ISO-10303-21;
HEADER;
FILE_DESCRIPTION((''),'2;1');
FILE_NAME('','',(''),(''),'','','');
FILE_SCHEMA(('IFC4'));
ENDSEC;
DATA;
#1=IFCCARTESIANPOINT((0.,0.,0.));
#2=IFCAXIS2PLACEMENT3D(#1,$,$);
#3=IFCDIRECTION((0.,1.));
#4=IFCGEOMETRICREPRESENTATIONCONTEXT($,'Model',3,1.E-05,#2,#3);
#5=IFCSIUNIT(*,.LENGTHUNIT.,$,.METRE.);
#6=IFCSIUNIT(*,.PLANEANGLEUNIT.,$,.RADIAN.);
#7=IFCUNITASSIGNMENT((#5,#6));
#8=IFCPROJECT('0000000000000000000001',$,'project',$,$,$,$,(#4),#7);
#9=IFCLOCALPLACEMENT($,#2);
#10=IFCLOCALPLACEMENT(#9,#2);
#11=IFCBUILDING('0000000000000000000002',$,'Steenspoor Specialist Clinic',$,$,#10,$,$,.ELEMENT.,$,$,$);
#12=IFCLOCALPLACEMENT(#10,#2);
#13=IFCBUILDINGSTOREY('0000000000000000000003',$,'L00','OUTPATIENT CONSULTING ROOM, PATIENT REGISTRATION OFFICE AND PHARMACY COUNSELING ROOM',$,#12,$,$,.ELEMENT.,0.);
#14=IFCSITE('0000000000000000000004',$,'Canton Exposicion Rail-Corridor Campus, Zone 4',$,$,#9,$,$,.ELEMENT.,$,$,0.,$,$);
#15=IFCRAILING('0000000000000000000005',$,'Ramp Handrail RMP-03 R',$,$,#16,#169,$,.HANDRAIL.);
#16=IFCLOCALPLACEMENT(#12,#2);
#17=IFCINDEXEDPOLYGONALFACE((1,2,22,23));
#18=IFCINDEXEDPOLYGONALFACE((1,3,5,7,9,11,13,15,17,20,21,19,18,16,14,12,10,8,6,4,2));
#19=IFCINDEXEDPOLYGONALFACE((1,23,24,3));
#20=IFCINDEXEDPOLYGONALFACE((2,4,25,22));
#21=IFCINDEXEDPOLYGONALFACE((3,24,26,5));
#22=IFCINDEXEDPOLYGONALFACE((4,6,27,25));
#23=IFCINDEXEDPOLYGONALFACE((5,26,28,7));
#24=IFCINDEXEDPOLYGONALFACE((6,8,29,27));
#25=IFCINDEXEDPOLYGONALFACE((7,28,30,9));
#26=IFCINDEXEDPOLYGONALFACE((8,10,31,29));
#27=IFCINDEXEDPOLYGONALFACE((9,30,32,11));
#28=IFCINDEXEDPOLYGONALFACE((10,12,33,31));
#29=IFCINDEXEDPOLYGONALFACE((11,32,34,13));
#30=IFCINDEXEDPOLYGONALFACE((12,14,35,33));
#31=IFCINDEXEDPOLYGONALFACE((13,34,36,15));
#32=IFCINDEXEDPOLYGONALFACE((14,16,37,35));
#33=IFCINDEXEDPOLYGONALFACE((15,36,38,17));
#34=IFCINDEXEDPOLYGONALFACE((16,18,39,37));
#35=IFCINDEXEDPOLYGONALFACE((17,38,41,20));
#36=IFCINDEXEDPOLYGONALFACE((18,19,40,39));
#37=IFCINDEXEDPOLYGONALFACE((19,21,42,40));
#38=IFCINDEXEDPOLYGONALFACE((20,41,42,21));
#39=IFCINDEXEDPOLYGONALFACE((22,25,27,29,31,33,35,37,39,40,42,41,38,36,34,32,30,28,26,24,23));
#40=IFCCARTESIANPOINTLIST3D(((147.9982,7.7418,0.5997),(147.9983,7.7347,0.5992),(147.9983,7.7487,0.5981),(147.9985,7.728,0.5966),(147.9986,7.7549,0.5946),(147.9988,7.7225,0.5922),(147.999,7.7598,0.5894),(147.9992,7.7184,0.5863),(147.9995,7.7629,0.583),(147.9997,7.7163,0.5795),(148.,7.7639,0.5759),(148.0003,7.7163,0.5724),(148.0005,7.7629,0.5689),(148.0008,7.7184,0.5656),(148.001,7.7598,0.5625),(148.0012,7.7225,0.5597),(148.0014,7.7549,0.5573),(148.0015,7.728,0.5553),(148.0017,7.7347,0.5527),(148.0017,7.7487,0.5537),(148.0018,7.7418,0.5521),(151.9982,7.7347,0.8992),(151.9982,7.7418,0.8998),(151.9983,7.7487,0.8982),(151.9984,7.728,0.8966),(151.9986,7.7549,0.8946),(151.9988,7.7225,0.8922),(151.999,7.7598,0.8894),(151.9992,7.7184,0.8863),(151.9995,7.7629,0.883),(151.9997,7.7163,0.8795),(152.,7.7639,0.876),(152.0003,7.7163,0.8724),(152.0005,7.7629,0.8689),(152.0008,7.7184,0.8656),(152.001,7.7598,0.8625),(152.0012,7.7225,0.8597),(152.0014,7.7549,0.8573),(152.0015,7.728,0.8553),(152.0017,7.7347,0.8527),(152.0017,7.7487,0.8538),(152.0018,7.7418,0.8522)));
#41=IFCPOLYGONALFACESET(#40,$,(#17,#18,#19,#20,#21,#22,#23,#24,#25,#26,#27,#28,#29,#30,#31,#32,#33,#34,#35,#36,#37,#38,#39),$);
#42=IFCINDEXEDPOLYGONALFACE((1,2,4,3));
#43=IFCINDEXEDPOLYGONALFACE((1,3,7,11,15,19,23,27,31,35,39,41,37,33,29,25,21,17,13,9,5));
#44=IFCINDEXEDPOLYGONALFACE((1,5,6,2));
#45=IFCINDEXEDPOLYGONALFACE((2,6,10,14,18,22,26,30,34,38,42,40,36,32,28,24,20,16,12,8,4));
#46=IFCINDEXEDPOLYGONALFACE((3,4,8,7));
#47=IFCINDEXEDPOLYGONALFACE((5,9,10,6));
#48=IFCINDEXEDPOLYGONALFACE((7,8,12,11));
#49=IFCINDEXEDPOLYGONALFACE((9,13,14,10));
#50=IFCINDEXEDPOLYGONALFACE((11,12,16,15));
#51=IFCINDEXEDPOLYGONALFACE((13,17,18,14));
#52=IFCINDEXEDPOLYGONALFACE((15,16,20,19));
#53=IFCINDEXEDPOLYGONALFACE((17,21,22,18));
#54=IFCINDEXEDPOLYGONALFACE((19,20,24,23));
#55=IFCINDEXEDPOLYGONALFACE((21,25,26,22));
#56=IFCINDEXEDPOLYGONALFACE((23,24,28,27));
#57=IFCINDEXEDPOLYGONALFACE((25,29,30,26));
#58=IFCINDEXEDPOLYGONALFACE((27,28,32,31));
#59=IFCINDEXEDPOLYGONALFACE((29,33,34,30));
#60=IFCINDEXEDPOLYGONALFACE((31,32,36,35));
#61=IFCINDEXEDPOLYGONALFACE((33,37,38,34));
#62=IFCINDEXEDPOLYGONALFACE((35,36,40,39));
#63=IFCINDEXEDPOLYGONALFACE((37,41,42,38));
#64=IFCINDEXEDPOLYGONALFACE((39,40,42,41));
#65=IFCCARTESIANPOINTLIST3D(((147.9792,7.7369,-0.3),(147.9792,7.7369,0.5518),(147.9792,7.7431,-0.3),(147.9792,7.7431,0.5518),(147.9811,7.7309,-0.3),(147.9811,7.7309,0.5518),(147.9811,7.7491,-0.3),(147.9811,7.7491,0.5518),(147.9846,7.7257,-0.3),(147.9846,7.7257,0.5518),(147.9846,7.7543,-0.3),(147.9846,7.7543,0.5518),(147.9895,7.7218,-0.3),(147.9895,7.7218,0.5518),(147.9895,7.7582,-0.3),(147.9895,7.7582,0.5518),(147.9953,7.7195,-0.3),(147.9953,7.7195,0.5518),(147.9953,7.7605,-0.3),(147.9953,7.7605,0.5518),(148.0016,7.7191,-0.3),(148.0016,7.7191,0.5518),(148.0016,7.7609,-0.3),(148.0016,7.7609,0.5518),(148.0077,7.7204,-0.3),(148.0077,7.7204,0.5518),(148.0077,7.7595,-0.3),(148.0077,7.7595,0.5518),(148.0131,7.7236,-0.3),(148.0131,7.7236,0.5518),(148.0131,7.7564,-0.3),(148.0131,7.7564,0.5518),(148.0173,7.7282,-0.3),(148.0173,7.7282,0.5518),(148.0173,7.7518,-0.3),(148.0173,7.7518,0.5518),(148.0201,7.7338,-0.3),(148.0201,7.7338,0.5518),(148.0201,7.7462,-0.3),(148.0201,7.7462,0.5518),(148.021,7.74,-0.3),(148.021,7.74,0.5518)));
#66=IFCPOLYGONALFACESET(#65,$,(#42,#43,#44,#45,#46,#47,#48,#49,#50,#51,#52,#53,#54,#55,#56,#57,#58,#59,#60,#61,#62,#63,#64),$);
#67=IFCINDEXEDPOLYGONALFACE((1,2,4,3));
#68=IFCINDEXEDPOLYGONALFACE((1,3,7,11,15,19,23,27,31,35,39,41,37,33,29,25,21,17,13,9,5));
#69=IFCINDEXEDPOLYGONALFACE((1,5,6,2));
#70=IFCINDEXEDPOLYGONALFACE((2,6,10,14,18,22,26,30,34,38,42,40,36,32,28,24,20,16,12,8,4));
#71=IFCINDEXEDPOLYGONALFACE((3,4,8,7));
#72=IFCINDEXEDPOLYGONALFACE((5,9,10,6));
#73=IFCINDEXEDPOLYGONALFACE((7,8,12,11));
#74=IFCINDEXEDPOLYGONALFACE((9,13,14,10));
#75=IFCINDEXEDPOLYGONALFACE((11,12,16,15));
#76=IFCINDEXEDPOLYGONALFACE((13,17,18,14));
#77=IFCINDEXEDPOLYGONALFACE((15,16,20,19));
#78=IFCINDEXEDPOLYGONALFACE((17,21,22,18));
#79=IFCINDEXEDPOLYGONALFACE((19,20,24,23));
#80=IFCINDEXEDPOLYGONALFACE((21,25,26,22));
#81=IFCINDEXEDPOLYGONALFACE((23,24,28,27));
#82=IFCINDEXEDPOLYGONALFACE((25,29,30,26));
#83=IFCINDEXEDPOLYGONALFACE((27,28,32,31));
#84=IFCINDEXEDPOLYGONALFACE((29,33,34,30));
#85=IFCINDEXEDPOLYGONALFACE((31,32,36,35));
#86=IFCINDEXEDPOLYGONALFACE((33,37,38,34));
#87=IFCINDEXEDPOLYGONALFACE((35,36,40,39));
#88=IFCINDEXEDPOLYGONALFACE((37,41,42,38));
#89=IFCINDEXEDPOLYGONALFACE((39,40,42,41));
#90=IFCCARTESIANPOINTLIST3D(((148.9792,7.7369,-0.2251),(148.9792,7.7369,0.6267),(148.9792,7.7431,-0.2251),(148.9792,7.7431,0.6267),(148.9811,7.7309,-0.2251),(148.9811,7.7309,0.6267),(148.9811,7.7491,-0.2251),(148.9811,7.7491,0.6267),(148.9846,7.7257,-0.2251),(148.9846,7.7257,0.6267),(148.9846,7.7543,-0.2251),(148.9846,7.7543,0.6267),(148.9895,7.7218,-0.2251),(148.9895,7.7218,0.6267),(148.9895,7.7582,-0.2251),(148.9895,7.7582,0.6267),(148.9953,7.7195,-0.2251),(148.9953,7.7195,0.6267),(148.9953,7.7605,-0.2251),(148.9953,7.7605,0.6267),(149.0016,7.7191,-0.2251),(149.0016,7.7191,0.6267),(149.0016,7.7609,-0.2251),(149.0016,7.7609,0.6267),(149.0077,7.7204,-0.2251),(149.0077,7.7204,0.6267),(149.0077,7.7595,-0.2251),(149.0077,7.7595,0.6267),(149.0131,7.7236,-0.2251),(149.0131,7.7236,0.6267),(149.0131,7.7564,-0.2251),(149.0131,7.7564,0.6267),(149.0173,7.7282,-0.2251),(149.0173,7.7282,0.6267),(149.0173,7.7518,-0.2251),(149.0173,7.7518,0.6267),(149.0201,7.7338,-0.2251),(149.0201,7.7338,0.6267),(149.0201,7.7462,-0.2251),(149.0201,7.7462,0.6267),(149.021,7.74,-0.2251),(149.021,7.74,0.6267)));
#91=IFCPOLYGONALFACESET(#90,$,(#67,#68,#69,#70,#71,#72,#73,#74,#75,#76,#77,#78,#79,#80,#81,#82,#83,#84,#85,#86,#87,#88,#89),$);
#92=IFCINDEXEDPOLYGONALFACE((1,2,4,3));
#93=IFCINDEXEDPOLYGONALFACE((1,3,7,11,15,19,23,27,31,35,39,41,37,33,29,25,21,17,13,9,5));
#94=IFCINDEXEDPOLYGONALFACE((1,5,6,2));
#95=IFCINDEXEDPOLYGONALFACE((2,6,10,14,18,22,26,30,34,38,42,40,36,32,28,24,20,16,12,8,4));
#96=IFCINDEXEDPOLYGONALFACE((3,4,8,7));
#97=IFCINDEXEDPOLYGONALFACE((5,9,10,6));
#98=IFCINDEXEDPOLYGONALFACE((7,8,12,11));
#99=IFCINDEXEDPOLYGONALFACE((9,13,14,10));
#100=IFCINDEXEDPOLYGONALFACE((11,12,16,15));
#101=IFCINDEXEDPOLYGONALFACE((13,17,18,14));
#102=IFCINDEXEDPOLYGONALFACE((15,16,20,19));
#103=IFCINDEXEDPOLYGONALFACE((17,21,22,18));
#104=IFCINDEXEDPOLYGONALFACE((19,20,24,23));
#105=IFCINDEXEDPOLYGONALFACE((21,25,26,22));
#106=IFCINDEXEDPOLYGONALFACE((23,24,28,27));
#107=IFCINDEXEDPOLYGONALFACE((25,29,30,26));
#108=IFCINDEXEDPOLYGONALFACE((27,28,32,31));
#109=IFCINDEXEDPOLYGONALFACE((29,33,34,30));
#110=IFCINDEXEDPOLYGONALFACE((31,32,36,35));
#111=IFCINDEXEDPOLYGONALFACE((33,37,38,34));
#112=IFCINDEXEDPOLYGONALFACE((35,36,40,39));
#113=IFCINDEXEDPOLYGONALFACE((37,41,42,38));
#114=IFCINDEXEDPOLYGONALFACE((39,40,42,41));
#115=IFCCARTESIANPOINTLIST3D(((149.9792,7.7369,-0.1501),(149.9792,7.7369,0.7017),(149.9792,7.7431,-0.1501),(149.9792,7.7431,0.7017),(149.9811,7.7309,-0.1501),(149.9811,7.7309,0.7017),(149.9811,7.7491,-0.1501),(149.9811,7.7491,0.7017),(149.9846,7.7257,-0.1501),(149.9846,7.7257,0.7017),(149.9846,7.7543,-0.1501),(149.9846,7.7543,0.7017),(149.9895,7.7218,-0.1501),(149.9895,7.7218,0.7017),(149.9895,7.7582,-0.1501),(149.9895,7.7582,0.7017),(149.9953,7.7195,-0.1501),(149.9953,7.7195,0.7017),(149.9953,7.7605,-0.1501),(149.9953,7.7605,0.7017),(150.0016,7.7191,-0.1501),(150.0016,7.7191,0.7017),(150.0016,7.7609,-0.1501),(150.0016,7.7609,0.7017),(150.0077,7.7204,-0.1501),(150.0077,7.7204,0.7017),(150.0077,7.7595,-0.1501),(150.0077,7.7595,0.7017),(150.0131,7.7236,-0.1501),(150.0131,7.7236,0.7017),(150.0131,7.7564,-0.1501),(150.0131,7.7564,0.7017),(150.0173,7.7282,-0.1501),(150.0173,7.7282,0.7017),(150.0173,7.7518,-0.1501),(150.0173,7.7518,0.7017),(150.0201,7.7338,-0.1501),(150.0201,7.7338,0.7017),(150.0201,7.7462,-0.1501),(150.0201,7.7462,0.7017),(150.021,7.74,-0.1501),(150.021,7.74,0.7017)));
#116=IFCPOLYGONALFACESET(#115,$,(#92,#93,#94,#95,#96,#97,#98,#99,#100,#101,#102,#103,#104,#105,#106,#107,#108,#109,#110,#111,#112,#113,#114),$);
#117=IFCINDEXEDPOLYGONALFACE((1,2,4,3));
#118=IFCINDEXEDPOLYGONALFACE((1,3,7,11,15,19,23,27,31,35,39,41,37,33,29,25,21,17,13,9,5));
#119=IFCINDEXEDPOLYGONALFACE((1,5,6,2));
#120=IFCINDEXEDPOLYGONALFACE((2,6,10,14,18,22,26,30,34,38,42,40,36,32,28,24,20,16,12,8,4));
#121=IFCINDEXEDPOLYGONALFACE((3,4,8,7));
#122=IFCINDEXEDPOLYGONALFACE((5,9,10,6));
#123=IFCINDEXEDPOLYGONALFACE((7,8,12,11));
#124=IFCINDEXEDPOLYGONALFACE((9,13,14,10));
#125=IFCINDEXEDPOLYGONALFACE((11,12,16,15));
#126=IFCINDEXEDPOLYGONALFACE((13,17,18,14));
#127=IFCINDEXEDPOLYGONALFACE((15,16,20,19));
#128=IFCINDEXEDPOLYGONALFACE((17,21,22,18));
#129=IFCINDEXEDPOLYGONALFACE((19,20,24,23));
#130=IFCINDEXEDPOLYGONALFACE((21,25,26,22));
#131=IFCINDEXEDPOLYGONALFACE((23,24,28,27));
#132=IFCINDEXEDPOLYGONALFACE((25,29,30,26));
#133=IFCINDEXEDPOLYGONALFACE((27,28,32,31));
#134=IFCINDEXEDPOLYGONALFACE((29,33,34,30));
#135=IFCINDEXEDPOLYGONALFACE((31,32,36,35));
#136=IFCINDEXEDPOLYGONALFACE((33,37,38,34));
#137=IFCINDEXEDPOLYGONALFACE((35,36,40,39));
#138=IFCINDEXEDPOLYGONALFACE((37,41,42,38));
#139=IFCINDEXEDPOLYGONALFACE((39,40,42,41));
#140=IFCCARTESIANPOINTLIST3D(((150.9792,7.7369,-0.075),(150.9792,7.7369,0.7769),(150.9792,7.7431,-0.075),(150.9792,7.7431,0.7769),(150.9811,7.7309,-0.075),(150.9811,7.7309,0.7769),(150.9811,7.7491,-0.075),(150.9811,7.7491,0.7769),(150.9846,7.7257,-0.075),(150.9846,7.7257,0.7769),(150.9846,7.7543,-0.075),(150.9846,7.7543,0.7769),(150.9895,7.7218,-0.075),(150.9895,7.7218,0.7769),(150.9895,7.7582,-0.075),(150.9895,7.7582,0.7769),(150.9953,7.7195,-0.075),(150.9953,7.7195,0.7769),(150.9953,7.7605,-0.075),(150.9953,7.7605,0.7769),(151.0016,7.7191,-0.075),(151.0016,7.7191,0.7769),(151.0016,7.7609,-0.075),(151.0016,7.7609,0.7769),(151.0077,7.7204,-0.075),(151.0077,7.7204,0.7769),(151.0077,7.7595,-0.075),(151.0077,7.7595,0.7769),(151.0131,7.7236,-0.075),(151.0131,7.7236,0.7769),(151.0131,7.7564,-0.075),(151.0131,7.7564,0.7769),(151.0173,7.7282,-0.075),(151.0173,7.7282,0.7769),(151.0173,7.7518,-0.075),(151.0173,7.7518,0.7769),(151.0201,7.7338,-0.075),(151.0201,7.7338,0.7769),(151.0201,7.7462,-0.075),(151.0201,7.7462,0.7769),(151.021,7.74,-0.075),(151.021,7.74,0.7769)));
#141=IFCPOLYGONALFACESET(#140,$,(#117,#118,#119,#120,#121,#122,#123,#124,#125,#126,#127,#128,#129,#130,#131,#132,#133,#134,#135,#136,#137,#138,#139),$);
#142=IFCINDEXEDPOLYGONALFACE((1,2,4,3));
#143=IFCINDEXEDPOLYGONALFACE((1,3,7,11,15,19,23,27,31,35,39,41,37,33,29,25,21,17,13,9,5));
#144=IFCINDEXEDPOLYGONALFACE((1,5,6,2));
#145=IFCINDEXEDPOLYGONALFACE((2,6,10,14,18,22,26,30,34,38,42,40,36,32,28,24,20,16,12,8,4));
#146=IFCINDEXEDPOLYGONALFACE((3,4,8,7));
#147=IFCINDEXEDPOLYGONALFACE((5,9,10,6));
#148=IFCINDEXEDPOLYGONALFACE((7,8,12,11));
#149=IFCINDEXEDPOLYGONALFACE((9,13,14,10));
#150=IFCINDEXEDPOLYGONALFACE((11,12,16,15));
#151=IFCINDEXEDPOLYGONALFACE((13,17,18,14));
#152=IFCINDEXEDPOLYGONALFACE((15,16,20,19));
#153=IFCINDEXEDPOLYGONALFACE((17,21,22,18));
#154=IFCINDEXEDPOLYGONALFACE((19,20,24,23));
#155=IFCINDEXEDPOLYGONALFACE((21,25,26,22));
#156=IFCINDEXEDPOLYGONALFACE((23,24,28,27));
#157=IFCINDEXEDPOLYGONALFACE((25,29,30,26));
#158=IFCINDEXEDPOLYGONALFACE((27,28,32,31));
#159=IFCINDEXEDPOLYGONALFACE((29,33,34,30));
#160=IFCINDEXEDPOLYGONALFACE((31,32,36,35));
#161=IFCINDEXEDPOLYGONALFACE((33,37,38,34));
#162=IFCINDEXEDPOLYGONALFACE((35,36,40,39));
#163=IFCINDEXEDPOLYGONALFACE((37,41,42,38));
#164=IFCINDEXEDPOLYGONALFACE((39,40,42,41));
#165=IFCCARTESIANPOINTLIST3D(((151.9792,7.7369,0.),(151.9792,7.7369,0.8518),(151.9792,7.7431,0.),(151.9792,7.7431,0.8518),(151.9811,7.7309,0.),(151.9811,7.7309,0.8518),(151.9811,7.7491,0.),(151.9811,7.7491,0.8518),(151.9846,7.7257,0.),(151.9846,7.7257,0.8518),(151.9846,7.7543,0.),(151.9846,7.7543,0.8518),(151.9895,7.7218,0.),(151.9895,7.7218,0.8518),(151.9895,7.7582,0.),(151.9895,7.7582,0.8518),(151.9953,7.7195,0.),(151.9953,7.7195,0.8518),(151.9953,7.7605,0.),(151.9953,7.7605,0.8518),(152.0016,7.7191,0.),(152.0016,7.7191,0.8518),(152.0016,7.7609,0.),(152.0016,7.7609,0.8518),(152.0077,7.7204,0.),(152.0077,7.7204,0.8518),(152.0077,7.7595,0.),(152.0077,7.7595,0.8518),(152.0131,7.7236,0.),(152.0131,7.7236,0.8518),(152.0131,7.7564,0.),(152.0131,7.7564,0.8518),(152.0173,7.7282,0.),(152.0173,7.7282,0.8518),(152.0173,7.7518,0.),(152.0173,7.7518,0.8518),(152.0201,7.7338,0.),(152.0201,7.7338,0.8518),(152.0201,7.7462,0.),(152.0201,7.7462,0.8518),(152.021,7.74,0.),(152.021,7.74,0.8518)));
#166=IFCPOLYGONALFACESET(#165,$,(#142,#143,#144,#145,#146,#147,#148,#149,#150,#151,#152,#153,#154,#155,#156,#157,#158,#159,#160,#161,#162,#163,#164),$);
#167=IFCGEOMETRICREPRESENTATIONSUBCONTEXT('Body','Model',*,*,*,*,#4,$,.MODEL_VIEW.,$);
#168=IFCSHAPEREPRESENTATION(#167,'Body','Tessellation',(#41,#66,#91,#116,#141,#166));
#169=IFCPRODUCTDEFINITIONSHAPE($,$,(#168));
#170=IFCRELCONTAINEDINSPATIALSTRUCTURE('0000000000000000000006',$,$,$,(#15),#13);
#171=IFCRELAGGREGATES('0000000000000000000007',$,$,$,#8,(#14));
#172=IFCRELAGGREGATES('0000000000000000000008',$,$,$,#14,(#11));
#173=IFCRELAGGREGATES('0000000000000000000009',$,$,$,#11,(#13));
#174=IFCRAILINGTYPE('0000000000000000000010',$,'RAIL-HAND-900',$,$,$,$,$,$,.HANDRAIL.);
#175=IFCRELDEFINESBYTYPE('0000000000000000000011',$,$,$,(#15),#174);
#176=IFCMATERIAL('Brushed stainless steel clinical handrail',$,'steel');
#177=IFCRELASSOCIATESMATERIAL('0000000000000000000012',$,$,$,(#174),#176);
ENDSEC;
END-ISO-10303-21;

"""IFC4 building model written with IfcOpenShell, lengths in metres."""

from ifc_helpers import new_model, si_unit, direction, frame, origin, origin_2d, place, context, subcontext, project, spatial, circle, extrude, material, type_object, element, save


model = new_model("IFC4")

# Units and contexts
model_context = context("Model", 3, precision=1e-05, world=origin(), true_north=direction((0.0, 1.0)))
body_context = subcontext(model_context, "Body", "Model", "MODEL_VIEW")
ifc_project = project(units=[si_unit("LENGTHUNIT", "METRE"), si_unit("PLANEANGLEUNIT", "RADIAN")], contexts=[model_context])

# Site, building, storey
site_placement = place(None, origin())
site = spatial("IfcSite", under=ifc_project, at=site_placement, Name="Canton Exposicion Rail-Corridor Campus, Zone 4", CompositionType="ELEMENT", RefElevation=0.0)
building_placement = place(site_placement, origin())
building = spatial("IfcBuilding", under=site, at=building_placement, Name="Steenspoor Specialist Clinic", CompositionType="ELEMENT")
storey_placement = place(building_placement, origin())
storey = spatial("IfcBuildingStorey", under=building, at=storey_placement, Name="L00", Description="OUTPATIENT CONSULTING ROOM, PATIENT REGISTRATION OFFICE AND PHARMACY COUNSELING ROOM", CompositionType="ELEMENT", Elevation=0.0)

# Railing
ifc_material_1 = material(Name="Brushed stainless steel clinical handrail", Category="steel")
railing_type = type_object("IfcRailingType", Name="RAIL-HAND-900", PredefinedType="HANDRAIL", material=ifc_material_1)
for number, where, name in (
    (1, (148.0, 7.74, -0.3), "Ramp Handrail RMP-03 R"),
):
    element("IfcRailing", number, at=place(storey_placement, frame(where)), inside=storey, type_object=railing_type, Name=name, PredefinedType="HANDRAIL", context=body_context, shape_type="SweptSolid", body=[
        extrude(circle(Radius=0.0239, at=origin_2d()), frame((0.0, 0.0, 0.876), z_axis=(0.997198, 0.0, 0.074802), x_axis=(0.0, 1.0, 0.0)), (0.0, 0.0, 1.0), 4.0112),
        extrude(circle(Radius=0.021, at=origin_2d()), origin(), (0.0, 0.0, 1.0), 0.8518),
        extrude(circle(Radius=0.021, at=origin_2d()), frame((1.0, 0.0, 0.075)), (0.0, 0.0, 1.0), 0.8518),
        extrude(circle(Radius=0.021, at=origin_2d()), frame((2.0, 0.0, 0.1499)), (0.0, 0.0, 1.0), 0.8518),
        extrude(circle(Radius=0.021, at=origin_2d()), frame((3.0, 0.0, 0.2251)), (0.0, 0.0, 1.0), 0.8518),
        extrude(circle(Radius=0.021, at=origin_2d()), frame((4.0, 0.0, 0.3)), (0.0, 0.0, 1.0), 0.8518),
    ])

save(model, "model.ifc")
